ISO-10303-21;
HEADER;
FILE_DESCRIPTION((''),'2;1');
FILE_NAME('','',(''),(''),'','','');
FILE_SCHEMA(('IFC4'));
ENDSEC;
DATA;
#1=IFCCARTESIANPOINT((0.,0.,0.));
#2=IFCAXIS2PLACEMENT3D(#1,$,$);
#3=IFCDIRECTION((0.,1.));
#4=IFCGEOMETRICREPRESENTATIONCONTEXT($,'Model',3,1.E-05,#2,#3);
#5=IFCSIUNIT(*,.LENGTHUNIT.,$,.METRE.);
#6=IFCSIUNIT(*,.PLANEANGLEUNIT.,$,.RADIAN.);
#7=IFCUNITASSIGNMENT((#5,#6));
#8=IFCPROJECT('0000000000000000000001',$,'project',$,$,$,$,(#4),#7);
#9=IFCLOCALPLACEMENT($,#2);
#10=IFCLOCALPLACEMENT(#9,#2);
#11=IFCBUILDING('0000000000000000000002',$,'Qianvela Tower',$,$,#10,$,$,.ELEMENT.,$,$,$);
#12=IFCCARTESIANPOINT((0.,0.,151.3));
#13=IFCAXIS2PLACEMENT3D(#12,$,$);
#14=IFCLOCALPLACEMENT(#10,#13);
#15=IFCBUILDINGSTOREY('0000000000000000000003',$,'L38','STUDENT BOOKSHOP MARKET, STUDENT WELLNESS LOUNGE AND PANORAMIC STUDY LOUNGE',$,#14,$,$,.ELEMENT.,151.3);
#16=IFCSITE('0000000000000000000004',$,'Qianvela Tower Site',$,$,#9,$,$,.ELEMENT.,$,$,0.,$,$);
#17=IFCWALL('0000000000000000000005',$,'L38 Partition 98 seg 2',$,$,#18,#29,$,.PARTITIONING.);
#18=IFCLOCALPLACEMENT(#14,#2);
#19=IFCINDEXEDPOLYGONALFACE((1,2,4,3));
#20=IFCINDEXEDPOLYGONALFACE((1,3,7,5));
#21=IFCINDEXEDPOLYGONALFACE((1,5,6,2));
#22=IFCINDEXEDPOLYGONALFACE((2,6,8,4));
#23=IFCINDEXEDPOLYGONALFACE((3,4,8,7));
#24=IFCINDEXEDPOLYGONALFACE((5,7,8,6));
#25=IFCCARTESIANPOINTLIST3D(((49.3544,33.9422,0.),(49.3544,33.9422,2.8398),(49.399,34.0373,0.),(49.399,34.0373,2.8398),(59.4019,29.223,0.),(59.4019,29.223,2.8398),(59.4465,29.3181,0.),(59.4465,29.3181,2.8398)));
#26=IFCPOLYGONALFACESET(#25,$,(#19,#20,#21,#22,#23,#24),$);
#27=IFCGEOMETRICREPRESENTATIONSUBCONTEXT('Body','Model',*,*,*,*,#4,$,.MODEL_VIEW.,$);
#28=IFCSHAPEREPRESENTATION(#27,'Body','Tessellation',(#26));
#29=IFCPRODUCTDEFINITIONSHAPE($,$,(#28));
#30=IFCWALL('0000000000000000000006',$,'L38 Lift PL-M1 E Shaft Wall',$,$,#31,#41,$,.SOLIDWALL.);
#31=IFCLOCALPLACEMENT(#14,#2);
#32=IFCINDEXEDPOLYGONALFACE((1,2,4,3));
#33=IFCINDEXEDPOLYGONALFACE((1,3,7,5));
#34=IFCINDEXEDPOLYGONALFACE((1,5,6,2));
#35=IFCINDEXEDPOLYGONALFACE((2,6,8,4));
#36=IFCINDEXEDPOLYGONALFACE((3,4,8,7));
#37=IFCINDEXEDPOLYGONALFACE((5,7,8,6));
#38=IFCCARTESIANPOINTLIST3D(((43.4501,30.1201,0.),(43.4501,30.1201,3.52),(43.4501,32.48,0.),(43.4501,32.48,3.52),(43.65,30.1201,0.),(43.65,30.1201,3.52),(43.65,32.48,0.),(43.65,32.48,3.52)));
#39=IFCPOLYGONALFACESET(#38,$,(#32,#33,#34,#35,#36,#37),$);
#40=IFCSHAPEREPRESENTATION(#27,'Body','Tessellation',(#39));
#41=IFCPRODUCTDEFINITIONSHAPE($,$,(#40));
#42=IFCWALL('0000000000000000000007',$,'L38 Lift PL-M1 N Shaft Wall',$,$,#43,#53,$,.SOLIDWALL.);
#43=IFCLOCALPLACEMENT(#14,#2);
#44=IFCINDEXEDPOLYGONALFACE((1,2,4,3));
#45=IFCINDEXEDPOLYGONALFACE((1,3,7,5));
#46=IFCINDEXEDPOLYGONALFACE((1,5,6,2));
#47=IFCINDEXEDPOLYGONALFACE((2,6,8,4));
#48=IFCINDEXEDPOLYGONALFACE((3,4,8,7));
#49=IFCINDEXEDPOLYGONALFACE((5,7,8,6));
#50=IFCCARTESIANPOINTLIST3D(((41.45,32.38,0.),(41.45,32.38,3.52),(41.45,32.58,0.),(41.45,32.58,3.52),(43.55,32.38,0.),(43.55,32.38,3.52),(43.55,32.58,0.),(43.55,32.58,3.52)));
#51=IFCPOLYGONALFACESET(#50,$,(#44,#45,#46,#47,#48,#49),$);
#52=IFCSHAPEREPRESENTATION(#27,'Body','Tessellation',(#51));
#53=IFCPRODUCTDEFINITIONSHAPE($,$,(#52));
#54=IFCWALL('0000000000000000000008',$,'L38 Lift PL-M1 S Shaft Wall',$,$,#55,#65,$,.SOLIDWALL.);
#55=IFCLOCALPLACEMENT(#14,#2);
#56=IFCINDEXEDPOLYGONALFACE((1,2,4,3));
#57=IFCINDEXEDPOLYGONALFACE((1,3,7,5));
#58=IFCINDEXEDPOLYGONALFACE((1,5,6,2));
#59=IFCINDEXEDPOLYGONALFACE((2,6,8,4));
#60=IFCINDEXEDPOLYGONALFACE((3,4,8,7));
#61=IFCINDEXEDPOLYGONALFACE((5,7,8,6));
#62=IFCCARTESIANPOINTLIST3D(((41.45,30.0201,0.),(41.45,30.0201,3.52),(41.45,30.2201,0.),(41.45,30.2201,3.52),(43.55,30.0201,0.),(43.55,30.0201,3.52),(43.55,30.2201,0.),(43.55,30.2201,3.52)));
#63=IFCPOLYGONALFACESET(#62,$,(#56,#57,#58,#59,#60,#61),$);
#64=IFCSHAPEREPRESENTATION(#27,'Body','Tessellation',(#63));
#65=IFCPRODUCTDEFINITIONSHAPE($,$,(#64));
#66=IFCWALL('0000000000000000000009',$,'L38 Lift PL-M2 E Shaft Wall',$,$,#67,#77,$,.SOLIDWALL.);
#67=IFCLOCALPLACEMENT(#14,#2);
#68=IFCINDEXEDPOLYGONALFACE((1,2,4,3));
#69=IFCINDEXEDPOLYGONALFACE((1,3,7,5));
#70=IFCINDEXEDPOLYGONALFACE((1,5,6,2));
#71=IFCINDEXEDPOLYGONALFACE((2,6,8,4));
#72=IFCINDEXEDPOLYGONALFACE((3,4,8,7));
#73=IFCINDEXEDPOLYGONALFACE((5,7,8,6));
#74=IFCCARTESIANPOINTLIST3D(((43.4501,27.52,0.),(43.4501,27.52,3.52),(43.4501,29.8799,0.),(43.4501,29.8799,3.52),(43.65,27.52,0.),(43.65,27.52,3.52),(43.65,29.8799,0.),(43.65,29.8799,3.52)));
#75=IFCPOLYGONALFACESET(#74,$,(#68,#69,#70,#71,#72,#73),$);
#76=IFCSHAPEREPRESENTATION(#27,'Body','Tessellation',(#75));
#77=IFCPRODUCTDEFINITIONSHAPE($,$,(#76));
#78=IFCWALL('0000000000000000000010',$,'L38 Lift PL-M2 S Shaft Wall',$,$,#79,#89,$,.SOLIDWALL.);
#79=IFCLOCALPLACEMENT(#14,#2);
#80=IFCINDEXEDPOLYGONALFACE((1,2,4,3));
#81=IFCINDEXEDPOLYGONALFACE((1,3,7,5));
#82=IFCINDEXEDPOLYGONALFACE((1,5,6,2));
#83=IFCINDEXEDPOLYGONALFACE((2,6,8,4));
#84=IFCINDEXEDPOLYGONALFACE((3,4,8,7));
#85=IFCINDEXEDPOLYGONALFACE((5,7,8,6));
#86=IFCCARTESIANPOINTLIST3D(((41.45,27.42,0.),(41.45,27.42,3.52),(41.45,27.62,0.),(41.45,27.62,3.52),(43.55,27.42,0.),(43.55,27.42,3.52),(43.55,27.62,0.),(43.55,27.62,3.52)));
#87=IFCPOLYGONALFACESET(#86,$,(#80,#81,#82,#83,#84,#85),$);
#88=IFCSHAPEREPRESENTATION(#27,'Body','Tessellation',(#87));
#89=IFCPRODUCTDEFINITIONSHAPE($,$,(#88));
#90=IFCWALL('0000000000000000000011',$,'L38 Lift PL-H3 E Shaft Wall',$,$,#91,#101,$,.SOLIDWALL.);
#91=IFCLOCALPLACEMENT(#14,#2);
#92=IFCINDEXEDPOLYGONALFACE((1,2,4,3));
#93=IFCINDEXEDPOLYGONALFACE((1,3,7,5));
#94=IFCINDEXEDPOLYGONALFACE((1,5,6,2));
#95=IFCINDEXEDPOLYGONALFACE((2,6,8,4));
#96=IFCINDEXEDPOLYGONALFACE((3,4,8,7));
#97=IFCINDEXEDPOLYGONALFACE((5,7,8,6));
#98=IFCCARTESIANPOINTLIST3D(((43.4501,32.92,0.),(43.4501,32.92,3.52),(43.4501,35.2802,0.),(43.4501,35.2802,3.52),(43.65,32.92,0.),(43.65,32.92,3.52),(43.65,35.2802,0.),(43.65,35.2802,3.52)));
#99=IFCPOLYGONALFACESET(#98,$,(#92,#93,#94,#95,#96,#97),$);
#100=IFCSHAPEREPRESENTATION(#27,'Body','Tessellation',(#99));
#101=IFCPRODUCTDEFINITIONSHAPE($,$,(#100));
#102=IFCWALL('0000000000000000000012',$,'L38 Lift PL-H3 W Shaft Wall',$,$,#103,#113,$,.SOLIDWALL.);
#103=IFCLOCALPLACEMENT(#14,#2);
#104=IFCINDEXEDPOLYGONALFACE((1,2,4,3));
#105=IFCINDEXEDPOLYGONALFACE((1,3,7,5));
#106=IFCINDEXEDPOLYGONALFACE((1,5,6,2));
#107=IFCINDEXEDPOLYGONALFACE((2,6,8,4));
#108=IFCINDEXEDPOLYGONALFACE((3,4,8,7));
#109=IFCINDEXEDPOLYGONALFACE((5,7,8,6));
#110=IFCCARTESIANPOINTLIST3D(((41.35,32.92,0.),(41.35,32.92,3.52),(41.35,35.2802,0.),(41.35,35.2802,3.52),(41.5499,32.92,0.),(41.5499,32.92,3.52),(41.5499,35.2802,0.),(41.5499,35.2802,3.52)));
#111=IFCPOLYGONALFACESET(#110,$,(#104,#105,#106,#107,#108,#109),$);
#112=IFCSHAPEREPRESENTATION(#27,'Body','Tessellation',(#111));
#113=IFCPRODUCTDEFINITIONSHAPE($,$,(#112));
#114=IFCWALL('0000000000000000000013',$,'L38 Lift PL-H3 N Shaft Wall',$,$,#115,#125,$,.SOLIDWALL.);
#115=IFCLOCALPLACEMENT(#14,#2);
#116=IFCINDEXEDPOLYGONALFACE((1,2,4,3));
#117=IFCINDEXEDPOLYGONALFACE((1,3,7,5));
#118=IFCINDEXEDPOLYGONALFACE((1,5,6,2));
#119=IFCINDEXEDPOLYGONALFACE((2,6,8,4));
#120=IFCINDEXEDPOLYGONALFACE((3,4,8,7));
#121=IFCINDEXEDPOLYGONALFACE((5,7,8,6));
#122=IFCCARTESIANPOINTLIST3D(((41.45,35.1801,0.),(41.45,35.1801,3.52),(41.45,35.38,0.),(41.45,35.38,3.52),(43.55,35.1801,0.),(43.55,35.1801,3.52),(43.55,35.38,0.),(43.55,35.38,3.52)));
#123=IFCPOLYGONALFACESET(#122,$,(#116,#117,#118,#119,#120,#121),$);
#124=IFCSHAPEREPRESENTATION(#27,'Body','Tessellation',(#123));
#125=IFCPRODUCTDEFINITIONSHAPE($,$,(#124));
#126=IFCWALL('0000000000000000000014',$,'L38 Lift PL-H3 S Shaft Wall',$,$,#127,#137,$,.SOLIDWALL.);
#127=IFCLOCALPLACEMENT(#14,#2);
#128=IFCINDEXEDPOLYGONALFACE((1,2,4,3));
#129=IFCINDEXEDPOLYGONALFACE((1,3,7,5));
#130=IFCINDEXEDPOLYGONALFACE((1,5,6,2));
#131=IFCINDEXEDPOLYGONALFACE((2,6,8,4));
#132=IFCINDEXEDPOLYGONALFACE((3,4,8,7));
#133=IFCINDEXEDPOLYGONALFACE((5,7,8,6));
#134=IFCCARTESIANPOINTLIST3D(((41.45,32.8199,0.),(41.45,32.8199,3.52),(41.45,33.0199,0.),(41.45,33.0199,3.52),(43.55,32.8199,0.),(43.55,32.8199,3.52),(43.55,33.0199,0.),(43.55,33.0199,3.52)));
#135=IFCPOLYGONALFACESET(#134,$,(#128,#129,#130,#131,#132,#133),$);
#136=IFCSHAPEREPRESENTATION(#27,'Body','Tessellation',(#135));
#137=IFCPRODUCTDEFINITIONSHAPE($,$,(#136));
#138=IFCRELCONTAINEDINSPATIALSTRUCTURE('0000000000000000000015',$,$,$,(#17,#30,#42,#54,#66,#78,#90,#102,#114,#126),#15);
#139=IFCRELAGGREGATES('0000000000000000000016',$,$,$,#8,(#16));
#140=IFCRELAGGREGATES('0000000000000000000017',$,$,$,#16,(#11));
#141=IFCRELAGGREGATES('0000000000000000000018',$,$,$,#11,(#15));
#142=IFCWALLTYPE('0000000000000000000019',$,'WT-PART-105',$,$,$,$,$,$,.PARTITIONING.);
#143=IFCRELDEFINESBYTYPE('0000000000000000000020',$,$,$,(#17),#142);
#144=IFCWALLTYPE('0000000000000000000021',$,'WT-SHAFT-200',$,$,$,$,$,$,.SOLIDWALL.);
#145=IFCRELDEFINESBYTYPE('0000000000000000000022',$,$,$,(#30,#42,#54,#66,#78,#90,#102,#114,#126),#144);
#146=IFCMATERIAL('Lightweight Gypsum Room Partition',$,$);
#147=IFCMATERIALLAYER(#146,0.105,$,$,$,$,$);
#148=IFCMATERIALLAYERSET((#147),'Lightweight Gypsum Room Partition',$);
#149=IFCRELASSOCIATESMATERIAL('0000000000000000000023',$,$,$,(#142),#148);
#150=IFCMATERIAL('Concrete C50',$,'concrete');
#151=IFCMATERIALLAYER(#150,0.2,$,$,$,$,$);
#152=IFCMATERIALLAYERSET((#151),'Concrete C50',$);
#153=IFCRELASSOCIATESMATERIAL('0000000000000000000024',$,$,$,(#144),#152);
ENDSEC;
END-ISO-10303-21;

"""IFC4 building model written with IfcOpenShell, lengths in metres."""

from ifc_helpers import new_model, si_unit, direction, frame, frame_2d, origin, place, context, subcontext, project, spatial, rectangle, extrude, material, layer, layer_set, type_object, element, save


model = new_model("IFC4")

# Units and contexts
model_context = context("Model", 3, precision=1e-05, world=origin(), true_north=direction((0.0, 1.0)))
body_context = subcontext(model_context, "Body", "Model", "MODEL_VIEW")
ifc_project = project(units=[si_unit("LENGTHUNIT", "METRE"), si_unit("PLANEANGLEUNIT", "RADIAN")], contexts=[model_context])

# Site, building, storey
site_placement = place(None, origin())
site = spatial("IfcSite", under=ifc_project, at=site_placement, Name="Qianvela Tower Site", CompositionType="ELEMENT", RefElevation=0.0)
building_placement = place(site_placement, origin())
building = spatial("IfcBuilding", under=site, at=building_placement, Name="Qianvela Tower", CompositionType="ELEMENT")
storey_placement = place(building_placement, frame((0.0, 0.0, 151.3)))
storey = spatial("IfcBuildingStorey", under=building, at=storey_placement, Name="L38", Description="STUDENT BOOKSHOP MARKET, STUDENT WELLNESS LOUNGE AND PANORAMIC STUDY LOUNGE", CompositionType="ELEMENT", Elevation=151.3)

# Walls
ifc_material_1 = material(Name="Lightweight Gypsum Room Partition")
ifc_layer_1 = layer(ifc_material_1, 0.105)
ifc_layer_set_1 = layer_set([ifc_layer_1], Name="Lightweight Gypsum Room Partition")
wall_type_1 = type_object("IfcWallType", Name="WT-PART-105", PredefinedType="PARTITIONING", material=ifc_layer_set_1)
wall_1_placement = place(storey_placement, frame((49.3767, 33.9897, 0.0), z_axis=(0.0, 0.0, 1.0), x_axis=(0.905132, -0.42513, 0.0)))
element("IfcWall", 1, at=wall_1_placement, inside=storey, type_object=wall_type_1, Name="L38 Partition 98 seg 2", PredefinedType="PARTITIONING", context=body_context, shape_type="SweptSolid", body=[
    extrude(rectangle(XDim=11.1006, YDim=0.105, at=frame_2d((5.5503, 0.0))), origin(), (0.0, 0.0, 1.0), 2.8398),
])
ifc_material_2 = material(Name="Concrete C50", Category="concrete")
ifc_layer_2 = layer(ifc_material_2, 0.2)
ifc_layer_set_2 = layer_set([ifc_layer_2], Name="Concrete C50")
wall_type_2 = type_object("IfcWallType", Name="WT-SHAFT-200", PredefinedType="SOLIDWALL", material=ifc_layer_set_2)
wall_2_placement = place(storey_placement, frame((43.55, 30.1201, 0.0), z_axis=(0.0, 0.0, 1.0), x_axis=(0.0, 1.0, 0.0)))
element("IfcWall", 2, at=wall_2_placement, inside=storey, type_object=wall_type_2, Name="L38 Lift PL-M1 E Shaft Wall", PredefinedType="SOLIDWALL", context=body_context, shape_type="SweptSolid", body=[
    extrude(rectangle(XDim=2.3599, YDim=0.2, at=frame_2d((1.1799, 0.0))), origin(), (0.0, 0.0, 1.0), 3.52),
])

# Walls
for number, where, z_axis, x_axis, name in (
    (3, (41.45, 32.48, 0.0), (0.0, 0.0, 1.0), (1.0, 0.0, 0.0), "L38 Lift PL-M1 N Shaft Wall"),
    (4, (41.45, 30.1201, 0.0), (0.0, 0.0, 1.0), (1.0, 0.0, 0.0), "L38 Lift PL-M1 S Shaft Wall"),
):
    element("IfcWall", number, at=place(storey_placement, frame(where, z_axis=z_axis, x_axis=x_axis)), inside=storey, type_object=wall_type_2, Name=name, PredefinedType="SOLIDWALL", context=body_context, shape_type="SweptSolid", body=[
        extrude(rectangle(XDim=2.1001, YDim=0.2, at=frame_2d((1.05, 0.0))), origin(), (0.0, 0.0, 1.0), 3.52),
    ])
wall_3_placement = place(storey_placement, frame((43.55, 27.52, 0.0), z_axis=(0.0, 0.0, 1.0), x_axis=(0.0, 1.0, 0.0)))
element("IfcWall", 5, at=wall_3_placement, inside=storey, type_object=wall_type_2, Name="L38 Lift PL-M2 E Shaft Wall", PredefinedType="SOLIDWALL", context=body_context, shape_type="SweptSolid", body=[
    extrude(rectangle(XDim=2.3599, YDim=0.2, at=frame_2d((1.1799, 0.0))), origin(), (0.0, 0.0, 1.0), 3.52),
])
wall_4_placement = place(storey_placement, frame((41.45, 27.52, 0.0), z_axis=(0.0, 0.0, 1.0), x_axis=(1.0, 0.0, 0.0)))
element("IfcWall", 6, at=wall_4_placement, inside=storey, type_object=wall_type_2, Name="L38 Lift PL-M2 S Shaft Wall", PredefinedType="SOLIDWALL", context=body_context, shape_type="SweptSolid", body=[
    extrude(rectangle(XDim=2.1001, YDim=0.2, at=frame_2d((1.05, 0.0))), origin(), (0.0, 0.0, 1.0), 3.52),
])
for number, where, z_axis, x_axis, name in (
    (7, (43.55, 32.9199, 0.0), (0.0, 0.0, 1.0), (0.0, 1.0, 0.0), "L38 Lift PL-H3 E Shaft Wall"),
    (8, (41.45, 32.9199, 0.0), (0.0, 0.0, 1.0), (0.0, 1.0, 0.0), "L38 Lift PL-H3 W Shaft Wall"),
):
    element("IfcWall", number, at=place(storey_placement, frame(where, z_axis=z_axis, x_axis=x_axis)), inside=storey, type_object=wall_type_2, Name=name, PredefinedType="SOLIDWALL", context=body_context, shape_type="SweptSolid", body=[
        extrude(rectangle(XDim=2.3601, YDim=0.2, at=frame_2d((1.1802, 0.0))), origin(), (0.0, 0.0, 1.0), 3.52),
    ])
for number, where, z_axis, x_axis, name in (
    (9, (41.45, 35.28, 0.0), (0.0, 0.0, 1.0), (1.0, 0.0, 0.0), "L38 Lift PL-H3 N Shaft Wall"),
    (10, (41.45, 32.9199, 0.0), (0.0, 0.0, 1.0), (1.0, 0.0, 0.0), "L38 Lift PL-H3 S Shaft Wall"),
):
    element("IfcWall", number, at=place(storey_placement, frame(where, z_axis=z_axis, x_axis=x_axis)), inside=storey, type_object=wall_type_2, Name=name, PredefinedType="SOLIDWALL", context=body_context, shape_type="SweptSolid", body=[
        extrude(rectangle(XDim=2.1001, YDim=0.2, at=frame_2d((1.05, 0.0))), origin(), (0.0, 0.0, 1.0), 3.52),
    ])

save(model, "model.ifc")
